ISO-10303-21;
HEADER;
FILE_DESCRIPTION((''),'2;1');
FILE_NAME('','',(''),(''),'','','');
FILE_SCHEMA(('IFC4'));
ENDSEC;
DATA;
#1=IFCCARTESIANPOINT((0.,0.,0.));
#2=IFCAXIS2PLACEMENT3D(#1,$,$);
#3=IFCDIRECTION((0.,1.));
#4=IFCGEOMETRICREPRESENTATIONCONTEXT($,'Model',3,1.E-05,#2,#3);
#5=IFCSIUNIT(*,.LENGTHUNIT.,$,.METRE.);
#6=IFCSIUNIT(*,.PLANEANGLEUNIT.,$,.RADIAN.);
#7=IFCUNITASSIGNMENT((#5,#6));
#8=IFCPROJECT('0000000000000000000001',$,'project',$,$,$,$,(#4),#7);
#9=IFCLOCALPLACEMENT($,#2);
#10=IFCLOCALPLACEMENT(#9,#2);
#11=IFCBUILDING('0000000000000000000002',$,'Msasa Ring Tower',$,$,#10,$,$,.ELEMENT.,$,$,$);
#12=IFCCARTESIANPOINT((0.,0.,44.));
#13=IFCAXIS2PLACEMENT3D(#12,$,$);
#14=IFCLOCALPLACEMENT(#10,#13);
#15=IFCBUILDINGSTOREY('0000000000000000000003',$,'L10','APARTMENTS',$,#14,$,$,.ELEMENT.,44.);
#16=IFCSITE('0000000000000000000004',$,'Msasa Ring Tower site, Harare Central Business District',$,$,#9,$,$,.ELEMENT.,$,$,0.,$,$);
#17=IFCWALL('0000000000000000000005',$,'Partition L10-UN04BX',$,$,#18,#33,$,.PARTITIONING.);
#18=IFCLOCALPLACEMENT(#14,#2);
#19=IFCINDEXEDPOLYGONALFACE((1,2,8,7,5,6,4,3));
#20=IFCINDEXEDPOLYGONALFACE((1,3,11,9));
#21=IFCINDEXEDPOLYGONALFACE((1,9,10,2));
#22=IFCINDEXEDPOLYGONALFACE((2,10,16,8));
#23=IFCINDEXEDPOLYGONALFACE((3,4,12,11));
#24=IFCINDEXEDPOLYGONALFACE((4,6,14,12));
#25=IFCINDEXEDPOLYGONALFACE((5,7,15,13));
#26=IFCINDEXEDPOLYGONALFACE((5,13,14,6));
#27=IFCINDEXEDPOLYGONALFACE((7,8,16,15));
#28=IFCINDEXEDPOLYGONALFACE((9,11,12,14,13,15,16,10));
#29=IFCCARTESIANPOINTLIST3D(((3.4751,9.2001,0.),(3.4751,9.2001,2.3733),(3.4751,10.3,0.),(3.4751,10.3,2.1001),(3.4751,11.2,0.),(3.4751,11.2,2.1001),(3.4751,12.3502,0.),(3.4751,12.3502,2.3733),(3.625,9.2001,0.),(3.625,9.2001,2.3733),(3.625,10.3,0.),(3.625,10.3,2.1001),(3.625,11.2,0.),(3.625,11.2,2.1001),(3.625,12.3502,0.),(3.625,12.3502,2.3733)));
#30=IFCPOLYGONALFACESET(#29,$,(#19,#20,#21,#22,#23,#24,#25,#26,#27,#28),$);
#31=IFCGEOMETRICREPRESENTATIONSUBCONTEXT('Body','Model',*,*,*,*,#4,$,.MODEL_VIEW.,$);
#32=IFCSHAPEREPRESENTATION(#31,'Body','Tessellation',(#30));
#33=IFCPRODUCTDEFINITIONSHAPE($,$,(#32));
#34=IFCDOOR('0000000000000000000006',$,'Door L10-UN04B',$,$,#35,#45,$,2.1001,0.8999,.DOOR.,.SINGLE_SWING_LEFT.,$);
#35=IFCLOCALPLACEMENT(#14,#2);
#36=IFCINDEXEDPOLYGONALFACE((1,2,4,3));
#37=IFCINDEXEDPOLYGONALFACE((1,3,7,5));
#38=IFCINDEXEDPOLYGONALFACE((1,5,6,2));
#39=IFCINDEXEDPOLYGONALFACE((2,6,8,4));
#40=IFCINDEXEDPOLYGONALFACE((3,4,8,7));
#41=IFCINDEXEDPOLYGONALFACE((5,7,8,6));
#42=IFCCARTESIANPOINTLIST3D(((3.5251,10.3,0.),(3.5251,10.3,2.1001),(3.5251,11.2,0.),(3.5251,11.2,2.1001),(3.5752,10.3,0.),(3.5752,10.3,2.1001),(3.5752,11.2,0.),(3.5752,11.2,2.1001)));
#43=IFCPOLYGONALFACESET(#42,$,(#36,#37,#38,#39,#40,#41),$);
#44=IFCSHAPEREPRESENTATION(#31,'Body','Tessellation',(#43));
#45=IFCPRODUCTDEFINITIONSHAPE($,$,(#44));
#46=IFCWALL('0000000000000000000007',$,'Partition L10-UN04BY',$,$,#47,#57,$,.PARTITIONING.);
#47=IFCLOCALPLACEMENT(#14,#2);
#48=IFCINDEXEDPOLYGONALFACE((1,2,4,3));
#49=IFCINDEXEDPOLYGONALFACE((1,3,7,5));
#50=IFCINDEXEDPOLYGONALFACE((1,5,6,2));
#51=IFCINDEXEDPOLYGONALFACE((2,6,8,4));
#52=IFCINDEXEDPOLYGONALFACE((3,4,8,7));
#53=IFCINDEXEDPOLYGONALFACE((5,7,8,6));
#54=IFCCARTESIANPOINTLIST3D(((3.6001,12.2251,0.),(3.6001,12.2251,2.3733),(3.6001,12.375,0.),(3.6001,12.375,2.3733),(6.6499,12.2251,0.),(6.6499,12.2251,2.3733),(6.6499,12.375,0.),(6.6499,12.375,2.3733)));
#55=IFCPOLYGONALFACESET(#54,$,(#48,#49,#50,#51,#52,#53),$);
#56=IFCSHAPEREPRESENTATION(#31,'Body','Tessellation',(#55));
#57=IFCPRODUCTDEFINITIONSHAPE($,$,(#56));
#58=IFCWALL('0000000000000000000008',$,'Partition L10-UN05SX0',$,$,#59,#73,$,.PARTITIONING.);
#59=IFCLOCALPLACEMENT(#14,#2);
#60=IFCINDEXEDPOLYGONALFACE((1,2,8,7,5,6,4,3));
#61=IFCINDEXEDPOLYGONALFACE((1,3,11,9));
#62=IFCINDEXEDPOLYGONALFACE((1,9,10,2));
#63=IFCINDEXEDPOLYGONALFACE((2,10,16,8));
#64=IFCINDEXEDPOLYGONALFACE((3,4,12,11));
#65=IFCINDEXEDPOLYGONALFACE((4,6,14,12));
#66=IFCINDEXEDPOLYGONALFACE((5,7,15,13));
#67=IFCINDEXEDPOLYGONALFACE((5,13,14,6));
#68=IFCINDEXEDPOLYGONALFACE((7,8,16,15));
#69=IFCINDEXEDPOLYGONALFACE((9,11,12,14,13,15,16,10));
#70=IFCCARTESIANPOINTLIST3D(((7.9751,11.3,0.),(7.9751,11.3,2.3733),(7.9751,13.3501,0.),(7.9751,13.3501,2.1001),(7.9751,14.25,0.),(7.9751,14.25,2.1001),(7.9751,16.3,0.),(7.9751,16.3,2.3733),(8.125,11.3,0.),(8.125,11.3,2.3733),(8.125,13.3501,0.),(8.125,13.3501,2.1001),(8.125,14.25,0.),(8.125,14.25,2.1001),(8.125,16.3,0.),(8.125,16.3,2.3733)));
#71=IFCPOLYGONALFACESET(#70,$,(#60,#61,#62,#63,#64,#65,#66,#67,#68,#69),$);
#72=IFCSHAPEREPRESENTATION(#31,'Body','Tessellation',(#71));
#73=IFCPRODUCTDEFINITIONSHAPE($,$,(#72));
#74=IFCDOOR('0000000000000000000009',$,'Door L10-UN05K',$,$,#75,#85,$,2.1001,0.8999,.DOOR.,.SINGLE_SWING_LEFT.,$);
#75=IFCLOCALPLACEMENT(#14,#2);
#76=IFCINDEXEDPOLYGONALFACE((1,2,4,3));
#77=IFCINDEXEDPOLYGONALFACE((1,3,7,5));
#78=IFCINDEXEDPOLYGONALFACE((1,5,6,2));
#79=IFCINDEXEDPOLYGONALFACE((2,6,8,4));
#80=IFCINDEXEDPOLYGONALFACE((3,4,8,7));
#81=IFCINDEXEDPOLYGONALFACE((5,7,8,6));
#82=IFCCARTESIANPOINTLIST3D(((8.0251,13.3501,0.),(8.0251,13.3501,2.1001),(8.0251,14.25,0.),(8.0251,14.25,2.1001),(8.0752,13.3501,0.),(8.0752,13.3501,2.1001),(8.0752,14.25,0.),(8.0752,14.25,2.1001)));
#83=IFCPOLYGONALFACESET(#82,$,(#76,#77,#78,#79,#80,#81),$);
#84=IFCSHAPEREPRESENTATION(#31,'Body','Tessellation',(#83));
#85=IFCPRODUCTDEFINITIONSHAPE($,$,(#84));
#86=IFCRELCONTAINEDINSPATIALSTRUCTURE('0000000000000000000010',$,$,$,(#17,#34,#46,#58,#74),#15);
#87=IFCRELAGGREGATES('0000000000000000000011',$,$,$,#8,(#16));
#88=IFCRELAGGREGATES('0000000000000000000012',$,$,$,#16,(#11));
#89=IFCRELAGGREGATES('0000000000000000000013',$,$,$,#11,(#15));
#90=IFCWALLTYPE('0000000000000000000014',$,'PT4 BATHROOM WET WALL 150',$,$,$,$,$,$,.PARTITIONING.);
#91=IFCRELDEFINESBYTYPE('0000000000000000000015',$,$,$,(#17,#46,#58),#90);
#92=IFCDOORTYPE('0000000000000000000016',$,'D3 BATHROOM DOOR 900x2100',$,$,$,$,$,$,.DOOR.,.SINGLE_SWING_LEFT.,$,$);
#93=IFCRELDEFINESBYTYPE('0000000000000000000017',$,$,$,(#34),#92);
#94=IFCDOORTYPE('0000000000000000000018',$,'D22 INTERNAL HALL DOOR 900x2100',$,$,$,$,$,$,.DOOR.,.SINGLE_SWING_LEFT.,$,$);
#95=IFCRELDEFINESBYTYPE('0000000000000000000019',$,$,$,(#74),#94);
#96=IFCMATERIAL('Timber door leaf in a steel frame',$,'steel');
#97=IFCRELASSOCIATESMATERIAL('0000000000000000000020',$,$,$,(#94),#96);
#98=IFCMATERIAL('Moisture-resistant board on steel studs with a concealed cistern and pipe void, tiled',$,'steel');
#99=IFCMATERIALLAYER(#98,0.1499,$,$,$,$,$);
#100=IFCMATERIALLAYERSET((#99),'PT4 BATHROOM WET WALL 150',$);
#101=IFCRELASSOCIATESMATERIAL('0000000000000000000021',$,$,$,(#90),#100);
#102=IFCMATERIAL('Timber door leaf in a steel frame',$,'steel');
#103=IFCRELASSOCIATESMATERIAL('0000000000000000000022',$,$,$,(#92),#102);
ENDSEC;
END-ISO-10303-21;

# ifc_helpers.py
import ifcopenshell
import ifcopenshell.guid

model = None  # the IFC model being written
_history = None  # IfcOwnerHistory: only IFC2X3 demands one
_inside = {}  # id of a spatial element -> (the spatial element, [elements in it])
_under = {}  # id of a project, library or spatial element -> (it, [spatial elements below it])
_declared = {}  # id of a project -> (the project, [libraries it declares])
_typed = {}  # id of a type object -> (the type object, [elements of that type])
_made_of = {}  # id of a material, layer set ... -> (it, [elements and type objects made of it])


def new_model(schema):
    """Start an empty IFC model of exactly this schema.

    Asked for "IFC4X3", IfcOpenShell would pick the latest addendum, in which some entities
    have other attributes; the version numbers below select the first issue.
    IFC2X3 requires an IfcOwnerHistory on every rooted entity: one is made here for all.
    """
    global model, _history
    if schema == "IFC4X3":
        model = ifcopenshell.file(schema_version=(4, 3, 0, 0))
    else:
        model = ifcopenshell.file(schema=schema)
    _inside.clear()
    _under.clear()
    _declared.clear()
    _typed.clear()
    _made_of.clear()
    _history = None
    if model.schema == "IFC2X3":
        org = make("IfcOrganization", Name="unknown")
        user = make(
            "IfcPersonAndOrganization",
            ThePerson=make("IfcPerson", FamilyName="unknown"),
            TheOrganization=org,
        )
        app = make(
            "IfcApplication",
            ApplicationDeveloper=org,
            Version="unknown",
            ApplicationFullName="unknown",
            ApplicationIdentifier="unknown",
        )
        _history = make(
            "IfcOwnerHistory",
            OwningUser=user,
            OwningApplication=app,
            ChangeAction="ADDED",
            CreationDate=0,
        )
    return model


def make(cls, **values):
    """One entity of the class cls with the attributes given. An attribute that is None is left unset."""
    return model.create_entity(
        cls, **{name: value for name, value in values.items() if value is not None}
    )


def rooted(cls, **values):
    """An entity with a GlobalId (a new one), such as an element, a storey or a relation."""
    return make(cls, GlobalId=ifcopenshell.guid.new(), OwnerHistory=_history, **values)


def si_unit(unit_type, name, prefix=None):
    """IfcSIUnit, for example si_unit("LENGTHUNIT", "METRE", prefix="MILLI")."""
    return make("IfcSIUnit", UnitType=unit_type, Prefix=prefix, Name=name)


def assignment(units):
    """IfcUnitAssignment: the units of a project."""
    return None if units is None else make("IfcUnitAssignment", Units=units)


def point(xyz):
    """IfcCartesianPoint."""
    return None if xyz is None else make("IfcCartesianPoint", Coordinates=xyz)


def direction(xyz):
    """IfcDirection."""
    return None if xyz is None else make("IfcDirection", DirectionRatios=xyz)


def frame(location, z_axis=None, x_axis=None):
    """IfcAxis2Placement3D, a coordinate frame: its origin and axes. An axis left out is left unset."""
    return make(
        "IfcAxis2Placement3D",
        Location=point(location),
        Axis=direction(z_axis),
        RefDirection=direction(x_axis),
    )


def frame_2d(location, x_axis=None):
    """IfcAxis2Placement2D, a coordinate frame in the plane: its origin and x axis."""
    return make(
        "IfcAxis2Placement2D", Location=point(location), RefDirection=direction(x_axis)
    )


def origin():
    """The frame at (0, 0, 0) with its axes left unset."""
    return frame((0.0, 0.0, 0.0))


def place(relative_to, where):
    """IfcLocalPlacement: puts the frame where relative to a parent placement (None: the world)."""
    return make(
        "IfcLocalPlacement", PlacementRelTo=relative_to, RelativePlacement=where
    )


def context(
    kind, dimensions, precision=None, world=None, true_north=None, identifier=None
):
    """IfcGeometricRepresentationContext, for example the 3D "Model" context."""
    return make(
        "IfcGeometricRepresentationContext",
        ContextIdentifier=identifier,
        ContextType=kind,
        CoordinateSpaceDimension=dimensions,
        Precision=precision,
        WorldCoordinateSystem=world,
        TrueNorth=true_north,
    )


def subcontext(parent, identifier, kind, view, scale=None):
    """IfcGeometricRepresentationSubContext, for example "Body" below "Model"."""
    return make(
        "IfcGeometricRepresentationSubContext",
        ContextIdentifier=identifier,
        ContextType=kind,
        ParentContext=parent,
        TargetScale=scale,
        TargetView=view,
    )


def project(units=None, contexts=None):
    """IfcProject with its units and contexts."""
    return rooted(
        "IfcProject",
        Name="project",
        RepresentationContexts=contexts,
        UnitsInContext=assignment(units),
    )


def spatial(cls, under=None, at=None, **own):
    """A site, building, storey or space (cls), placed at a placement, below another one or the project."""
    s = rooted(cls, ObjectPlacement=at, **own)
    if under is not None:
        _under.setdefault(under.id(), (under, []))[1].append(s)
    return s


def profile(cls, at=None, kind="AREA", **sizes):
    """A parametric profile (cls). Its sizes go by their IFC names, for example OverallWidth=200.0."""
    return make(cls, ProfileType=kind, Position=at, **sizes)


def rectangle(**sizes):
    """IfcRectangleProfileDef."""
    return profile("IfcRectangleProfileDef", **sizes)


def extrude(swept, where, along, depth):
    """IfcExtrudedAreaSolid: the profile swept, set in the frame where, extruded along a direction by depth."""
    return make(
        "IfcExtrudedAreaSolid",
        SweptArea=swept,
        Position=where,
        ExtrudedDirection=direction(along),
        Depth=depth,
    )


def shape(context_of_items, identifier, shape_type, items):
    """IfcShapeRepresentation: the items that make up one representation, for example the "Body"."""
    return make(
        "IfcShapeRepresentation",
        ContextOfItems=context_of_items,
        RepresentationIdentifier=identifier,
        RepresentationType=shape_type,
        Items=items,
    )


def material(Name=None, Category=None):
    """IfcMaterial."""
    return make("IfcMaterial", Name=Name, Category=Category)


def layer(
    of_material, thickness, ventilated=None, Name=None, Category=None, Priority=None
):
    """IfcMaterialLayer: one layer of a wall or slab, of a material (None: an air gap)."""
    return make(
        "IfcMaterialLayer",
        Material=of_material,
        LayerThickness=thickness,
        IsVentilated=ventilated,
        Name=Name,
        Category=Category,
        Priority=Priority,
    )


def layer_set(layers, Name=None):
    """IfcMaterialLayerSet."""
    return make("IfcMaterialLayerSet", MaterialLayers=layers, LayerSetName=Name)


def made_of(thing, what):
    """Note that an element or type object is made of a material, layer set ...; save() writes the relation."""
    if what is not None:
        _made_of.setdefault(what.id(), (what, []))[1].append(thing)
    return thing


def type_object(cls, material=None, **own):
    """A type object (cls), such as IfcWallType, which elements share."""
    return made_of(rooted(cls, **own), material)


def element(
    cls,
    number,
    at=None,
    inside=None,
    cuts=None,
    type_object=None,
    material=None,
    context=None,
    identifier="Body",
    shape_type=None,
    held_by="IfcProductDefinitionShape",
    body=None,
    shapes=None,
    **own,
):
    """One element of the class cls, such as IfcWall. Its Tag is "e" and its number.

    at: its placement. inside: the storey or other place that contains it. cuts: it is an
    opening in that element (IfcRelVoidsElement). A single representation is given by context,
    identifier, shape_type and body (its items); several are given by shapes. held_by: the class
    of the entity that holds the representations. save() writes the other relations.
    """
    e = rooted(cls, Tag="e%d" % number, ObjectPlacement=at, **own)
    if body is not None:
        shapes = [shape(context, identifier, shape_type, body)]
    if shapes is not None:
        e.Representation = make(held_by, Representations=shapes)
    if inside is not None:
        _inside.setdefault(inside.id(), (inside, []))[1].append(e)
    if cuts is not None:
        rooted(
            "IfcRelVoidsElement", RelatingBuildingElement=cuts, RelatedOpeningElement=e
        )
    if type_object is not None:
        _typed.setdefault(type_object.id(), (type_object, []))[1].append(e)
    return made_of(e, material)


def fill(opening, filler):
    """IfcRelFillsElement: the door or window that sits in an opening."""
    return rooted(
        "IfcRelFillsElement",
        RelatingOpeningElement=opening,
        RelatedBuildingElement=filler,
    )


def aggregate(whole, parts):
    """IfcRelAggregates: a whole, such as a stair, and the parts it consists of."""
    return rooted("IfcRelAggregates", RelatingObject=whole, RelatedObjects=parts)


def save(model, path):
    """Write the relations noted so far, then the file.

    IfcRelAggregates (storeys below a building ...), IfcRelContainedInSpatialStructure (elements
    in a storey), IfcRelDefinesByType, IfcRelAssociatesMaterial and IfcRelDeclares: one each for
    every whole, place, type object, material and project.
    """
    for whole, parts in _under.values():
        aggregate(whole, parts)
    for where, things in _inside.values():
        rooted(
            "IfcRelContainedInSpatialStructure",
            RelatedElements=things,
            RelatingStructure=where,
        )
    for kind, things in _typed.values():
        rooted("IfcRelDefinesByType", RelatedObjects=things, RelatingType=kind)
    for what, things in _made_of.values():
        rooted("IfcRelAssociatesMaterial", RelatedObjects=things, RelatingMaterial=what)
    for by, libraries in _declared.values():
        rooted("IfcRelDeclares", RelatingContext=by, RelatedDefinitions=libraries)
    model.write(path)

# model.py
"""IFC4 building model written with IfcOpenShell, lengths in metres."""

from ifc_helpers import new_model, si_unit, direction, frame, frame_2d, origin, place, context, subcontext, project, spatial, rectangle, extrude, material, layer, layer_set, type_object, element, fill, save


model = new_model("IFC4")

# Units and contexts
model_context = context("Model", 3, precision=1e-05, world=origin(), true_north=direction((0.0, 1.0)))
body_context = subcontext(model_context, "Body", "Model", "MODEL_VIEW")
ifc_project = project(units=[si_unit("LENGTHUNIT", "METRE"), si_unit("PLANEANGLEUNIT", "RADIAN")], contexts=[model_context])

# Site, building, storey
site_placement = place(None, origin())
site = spatial("IfcSite", under=ifc_project, at=site_placement, Name="Msasa Ring Tower site, Harare Central Business District", CompositionType="ELEMENT", RefElevation=0.0)
building_placement = place(site_placement, origin())
building = spatial("IfcBuilding", under=site, at=building_placement, Name="Msasa Ring Tower", CompositionType="ELEMENT")
storey_placement = place(building_placement, frame((0.0, 0.0, 44.0)))
storey = spatial("IfcBuildingStorey", under=building, at=storey_placement, Name="L10", Description="APARTMENTS", CompositionType="ELEMENT", Elevation=44.0)

# Shared definitions
ifc_material_1 = material(Name="Timber door leaf in a steel frame", Category="steel")
door_type_1 = type_object("IfcDoorType", Name="D22 INTERNAL HALL DOOR 900x2100", OperationType="SINGLE_SWING_LEFT", PredefinedType="DOOR", material=ifc_material_1)

# Wall, opening, door
ifc_material_2 = material(Name="Moisture-resistant board on steel studs with a concealed cistern and pipe void, tiled", Category="steel")
ifc_layer_1 = layer(ifc_material_2, 0.1499)
ifc_layer_set_1 = layer_set([ifc_layer_1], Name="PT4 BATHROOM WET WALL 150")
wall_type_1 = type_object("IfcWallType", Name="PT4 BATHROOM WET WALL 150", PredefinedType="PARTITIONING", material=ifc_layer_set_1)
wall_1_placement = place(storey_placement, frame((3.55, 9.2, 0.0), z_axis=(0.0, 0.0, 1.0), x_axis=(0.0, 1.0, 0.0)))
wall_1 = element("IfcWall", 1, at=wall_1_placement, inside=storey, type_object=wall_type_1, Name="Partition L10-UN04BX", PredefinedType="PARTITIONING", context=body_context, shape_type="SweptSolid", body=[
    extrude(rectangle(XDim=3.1501, YDim=0.1499, at=frame_2d((1.5752, 0.0))), origin(), (0.0, 0.0, 1.0), 2.3733),
])
opening_1_placement = place(wall_1_placement, frame((1.1001, 0.0, 0.0)))
opening_1 = element("IfcOpeningElement", 2, at=opening_1_placement, cuts=wall_1, PredefinedType="OPENING", context=body_context, shape_type="SweptSolid", body=[
    extrude(rectangle(XDim=0.8999, YDim=2.1001, at=frame_2d((0.45, 1.05))), frame((0.0, 0.085, 0.0), z_axis=(0.0, -1.0, 0.0), x_axis=(1.0, 0.0, 0.0)), (0.0, 0.0, 1.0), 0.1699),
])
ifc_material_3 = material(Name="Timber door leaf in a steel frame", Category="steel")
door_type_2 = type_object("IfcDoorType", Name="D3 BATHROOM DOOR 900x2100", OperationType="SINGLE_SWING_LEFT", PredefinedType="DOOR", material=ifc_material_3)
door_1_placement = place(opening_1_placement, origin())
door_1 = element("IfcDoor", 3, at=door_1_placement, inside=storey, type_object=door_type_2, Name="Door L10-UN04B", OperationType="SINGLE_SWING_LEFT", OverallHeight=2.1001, OverallWidth=0.8999, PredefinedType="DOOR", context=body_context, shape_type="SweptSolid", body=[
    extrude(rectangle(XDim=0.8999, YDim=2.1001, at=frame_2d((0.45, 1.05))), frame((0.0, 0.0249, 0.0), z_axis=(0.0, -1.0, 0.0), x_axis=(1.0, 0.0, 0.0)), (0.0, 0.0, 1.0), 0.05),
])
fill(opening_1, door_1)

# Wall
wall_2_placement = place(storey_placement, frame((3.6001, 12.3, 0.0), z_axis=(0.0, 0.0, 1.0), x_axis=(1.0, 0.0, 0.0)))
element("IfcWall", 4, at=wall_2_placement, inside=storey, type_object=wall_type_1, Name="Partition L10-UN04BY", PredefinedType="PARTITIONING", context=body_context, shape_type="SweptSolid", body=[
    extrude(rectangle(XDim=3.0498, YDim=0.1499, at=frame_2d((1.5249, 0.0))), origin(), (0.0, 0.0, 1.0), 2.3733),
])

# Wall, opening, door
wall_3_placement = place(storey_placement, frame((8.05, 11.3, 0.0), z_axis=(0.0, 0.0, 1.0), x_axis=(0.0, 1.0, 0.0)))
wall_3 = element("IfcWall", 5, at=wall_3_placement, inside=storey, type_object=wall_type_1, Name="Partition L10-UN05SX0", PredefinedType="PARTITIONING", context=body_context, shape_type="SweptSolid", body=[
    extrude(rectangle(XDim=5.0, YDim=0.1499, at=frame_2d((2.5, 0.0))), origin(), (0.0, 0.0, 1.0), 2.3733),
])
opening_2_placement = place(wall_3_placement, frame((2.05, 0.0, 0.0)))
opening_2 = element("IfcOpeningElement", 6, at=opening_2_placement, cuts=wall_3, PredefinedType="OPENING", context=body_context, shape_type="SweptSolid", body=[
    extrude(rectangle(XDim=0.8999, YDim=2.1001, at=frame_2d((0.45, 1.05))), frame((0.0, 0.085, 0.0), z_axis=(0.0, -1.0, 0.0), x_axis=(1.0, 0.0, 0.0)), (0.0, 0.0, 1.0), 0.1699),
])
door_2_placement = place(opening_2_placement, origin())
door_2 = element("IfcDoor", 7, at=door_2_placement, inside=storey, type_object=door_type_1, Name="Door L10-UN05K", OperationType="SINGLE_SWING_LEFT", OverallHeight=2.1001, OverallWidth=0.8999, PredefinedType="DOOR", context=body_context, shape_type="SweptSolid", body=[
    extrude(rectangle(XDim=0.8999, YDim=2.1001, at=frame_2d((0.45, 1.05))), frame((0.0, 0.0249, 0.0), z_axis=(0.0, -1.0, 0.0), x_axis=(1.0, 0.0, 0.0)), (0.0, 0.0, 1.0), 0.05),
])
fill(opening_2, door_2)

save(model, "model.ifc")
